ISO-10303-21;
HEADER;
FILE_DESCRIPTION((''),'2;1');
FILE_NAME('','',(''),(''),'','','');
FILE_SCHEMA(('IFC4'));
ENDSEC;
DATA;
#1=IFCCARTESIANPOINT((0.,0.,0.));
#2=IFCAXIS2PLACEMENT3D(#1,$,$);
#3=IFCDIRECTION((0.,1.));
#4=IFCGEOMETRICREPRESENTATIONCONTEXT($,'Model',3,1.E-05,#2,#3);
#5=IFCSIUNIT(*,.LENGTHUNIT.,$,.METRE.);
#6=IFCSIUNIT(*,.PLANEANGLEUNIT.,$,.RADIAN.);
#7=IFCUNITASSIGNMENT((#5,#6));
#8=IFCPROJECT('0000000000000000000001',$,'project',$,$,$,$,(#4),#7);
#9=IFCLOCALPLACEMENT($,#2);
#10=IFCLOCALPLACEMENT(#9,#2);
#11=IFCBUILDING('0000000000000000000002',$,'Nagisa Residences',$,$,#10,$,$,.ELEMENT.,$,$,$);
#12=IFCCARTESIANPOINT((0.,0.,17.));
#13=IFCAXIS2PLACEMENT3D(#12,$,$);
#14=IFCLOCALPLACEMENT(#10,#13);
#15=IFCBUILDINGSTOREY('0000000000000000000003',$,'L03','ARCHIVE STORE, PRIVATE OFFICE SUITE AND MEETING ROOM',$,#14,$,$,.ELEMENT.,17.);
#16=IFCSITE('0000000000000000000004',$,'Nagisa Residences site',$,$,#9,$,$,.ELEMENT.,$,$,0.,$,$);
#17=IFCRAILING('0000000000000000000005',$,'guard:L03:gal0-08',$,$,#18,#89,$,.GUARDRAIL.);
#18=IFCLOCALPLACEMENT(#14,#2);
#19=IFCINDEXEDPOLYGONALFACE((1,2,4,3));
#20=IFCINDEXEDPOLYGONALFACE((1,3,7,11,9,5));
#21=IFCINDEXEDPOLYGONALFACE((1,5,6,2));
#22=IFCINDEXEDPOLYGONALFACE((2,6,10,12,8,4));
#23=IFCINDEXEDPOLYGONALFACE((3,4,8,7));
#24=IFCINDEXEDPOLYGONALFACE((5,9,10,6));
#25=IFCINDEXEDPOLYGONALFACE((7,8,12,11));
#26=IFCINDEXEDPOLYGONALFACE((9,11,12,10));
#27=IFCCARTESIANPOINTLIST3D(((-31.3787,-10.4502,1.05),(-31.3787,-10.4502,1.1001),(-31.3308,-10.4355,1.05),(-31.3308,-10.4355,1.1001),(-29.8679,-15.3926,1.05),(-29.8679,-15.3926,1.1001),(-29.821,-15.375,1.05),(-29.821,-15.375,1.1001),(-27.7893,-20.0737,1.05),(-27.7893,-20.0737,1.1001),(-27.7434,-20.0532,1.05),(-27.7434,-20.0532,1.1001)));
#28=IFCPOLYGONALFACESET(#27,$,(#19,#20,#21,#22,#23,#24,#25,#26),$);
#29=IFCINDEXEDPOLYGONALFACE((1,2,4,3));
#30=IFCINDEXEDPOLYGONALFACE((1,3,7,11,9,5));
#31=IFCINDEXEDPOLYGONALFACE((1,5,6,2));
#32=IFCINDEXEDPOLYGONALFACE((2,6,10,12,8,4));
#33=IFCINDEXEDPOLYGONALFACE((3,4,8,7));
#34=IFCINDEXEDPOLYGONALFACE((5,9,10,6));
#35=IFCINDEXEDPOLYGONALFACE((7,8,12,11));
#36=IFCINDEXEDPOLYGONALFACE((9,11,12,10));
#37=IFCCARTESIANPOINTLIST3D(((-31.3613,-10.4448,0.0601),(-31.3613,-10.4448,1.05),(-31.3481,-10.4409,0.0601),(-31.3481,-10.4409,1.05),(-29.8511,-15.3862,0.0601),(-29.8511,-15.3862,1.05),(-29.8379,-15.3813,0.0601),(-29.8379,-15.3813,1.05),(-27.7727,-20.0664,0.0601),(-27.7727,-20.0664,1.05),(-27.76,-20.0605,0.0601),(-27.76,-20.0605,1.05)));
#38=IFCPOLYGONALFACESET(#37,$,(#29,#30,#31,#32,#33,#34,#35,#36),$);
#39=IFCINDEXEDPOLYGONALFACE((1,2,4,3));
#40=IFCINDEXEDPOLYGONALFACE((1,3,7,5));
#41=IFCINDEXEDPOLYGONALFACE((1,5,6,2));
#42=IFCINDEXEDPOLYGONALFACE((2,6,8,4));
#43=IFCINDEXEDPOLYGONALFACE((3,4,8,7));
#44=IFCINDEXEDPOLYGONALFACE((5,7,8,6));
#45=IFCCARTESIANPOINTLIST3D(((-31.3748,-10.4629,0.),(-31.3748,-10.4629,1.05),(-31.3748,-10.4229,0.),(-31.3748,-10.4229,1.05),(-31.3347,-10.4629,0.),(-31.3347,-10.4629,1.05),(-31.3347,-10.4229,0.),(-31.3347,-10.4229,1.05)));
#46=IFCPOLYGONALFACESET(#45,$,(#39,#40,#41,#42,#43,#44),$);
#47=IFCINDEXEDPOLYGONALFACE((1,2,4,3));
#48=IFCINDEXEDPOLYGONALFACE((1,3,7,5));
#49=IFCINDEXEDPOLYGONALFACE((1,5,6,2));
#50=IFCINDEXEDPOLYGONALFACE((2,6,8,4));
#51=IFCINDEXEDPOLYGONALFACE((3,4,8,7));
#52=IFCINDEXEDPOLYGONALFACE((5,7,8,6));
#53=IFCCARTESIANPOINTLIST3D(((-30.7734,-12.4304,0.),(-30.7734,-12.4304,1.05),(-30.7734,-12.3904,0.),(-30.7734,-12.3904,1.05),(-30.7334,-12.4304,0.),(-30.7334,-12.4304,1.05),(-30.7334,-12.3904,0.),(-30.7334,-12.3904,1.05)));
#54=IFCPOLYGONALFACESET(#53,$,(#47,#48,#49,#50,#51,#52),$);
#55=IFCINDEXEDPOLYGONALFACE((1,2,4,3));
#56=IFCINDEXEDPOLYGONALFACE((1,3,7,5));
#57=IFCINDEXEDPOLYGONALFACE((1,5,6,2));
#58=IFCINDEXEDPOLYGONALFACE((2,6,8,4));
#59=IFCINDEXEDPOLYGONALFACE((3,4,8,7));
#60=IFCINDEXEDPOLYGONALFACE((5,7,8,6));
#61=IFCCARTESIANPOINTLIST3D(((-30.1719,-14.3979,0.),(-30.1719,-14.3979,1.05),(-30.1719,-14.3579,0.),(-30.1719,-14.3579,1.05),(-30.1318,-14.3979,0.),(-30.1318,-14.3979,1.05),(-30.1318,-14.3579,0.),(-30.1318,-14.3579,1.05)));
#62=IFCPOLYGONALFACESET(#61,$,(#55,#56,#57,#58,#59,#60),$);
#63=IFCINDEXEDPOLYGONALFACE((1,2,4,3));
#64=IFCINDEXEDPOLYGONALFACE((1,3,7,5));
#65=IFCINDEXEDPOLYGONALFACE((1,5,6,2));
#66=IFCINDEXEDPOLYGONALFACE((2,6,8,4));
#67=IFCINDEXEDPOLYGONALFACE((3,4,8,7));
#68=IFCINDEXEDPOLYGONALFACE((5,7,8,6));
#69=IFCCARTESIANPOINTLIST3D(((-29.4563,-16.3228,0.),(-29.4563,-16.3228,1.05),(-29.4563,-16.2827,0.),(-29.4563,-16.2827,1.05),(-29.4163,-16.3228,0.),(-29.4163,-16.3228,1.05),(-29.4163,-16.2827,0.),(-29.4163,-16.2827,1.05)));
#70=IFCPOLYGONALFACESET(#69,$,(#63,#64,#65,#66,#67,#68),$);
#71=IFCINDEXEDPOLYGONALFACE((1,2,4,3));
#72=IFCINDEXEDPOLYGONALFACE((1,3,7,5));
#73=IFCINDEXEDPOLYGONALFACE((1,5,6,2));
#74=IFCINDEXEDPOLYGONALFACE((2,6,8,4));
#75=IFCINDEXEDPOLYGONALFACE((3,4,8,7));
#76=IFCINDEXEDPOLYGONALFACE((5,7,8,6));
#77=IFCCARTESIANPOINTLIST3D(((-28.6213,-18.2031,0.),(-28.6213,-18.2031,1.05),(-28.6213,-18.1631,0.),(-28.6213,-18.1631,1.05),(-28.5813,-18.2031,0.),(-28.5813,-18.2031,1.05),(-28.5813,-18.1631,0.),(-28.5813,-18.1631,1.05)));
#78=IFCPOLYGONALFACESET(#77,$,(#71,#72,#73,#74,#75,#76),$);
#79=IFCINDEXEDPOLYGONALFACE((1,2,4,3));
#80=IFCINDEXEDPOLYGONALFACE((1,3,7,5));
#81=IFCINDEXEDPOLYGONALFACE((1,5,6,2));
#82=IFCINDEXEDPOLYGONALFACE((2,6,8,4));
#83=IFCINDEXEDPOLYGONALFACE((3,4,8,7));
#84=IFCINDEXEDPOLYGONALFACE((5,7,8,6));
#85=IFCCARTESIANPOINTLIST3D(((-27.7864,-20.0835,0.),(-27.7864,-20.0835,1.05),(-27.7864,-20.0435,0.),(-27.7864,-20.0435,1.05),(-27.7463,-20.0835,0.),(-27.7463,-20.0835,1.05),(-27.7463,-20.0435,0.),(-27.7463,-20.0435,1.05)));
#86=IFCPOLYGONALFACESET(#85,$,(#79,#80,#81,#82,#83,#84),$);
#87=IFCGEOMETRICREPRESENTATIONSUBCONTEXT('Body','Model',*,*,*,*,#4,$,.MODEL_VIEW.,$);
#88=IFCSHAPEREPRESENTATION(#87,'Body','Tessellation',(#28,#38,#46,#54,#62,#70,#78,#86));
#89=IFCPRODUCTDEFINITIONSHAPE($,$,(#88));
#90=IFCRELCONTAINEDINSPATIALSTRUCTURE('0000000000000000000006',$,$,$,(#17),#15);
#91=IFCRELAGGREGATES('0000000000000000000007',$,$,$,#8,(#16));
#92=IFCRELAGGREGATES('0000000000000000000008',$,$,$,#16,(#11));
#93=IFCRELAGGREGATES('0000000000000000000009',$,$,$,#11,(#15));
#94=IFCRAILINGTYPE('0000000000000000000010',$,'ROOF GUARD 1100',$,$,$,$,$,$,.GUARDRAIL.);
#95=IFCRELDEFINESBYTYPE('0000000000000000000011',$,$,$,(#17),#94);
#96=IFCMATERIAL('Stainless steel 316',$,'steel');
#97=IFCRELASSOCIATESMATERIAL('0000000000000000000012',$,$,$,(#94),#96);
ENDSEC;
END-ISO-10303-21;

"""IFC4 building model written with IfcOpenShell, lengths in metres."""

from ifc_helpers import new_model, si_unit, direction, frame, origin, origin_2d, place, context, subcontext, project, spatial, polyline, rectangle, outline, extrude, material, type_object, element, save


model = new_model("IFC4")

# Units and contexts
model_context = context("Model", 3, precision=1e-05, world=origin(), true_north=direction((0.0, 1.0)))
body_context = subcontext(model_context, "Body", "Model", "MODEL_VIEW")
ifc_project = project(units=[si_unit("LENGTHUNIT", "METRE"), si_unit("PLANEANGLEUNIT", "RADIAN")], contexts=[model_context])

# Site, building, storey
site_placement = place(None, origin())
site = spatial("IfcSite", under=ifc_project, at=site_placement, Name="Nagisa Residences site", CompositionType="ELEMENT", RefElevation=0.0)
building_placement = place(site_placement, origin())
building = spatial("IfcBuilding", under=site, at=building_placement, Name="Nagisa Residences", CompositionType="ELEMENT")
storey_placement = place(building_placement, frame((0.0, 0.0, 17.0)))
storey = spatial("IfcBuildingStorey", under=building, at=storey_placement, Name="L03", Description="ARCHIVE STORE, PRIVATE OFFICE SUITE AND MEETING ROOM", CompositionType="ELEMENT", Elevation=17.0)

# Railing
ifc_material_1 = material(Name="Stainless steel 316", Category="steel")
railing_type = type_object("IfcRailingType", Name="ROOF GUARD 1100", PredefinedType="GUARDRAIL", material=ifc_material_1)
railing_1_placement = place(storey_placement, frame((-31.3547, -10.4429, 0.0)))
element("IfcRailing", 1, at=railing_1_placement, inside=storey, type_object=railing_type, Name="guard:L03:gal0-08", PredefinedType="GUARDRAIL", context=body_context, shape_type="SweptSolid", body=[
    extrude(outline(polyline([(1.5337, -4.9321), (0.0239, 0.0073), (-0.0239, -0.0073), (1.4868, -4.9497), (3.5654, -9.6309), (3.6113, -9.6104), (1.5337, -4.9321)])), frame((0.0, 0.0, 1.05)), (0.0, 0.0, 1.0), 0.05),
    extrude(outline(polyline([(1.5168, -4.9385), (0.0066, 0.002), (-0.0066, -0.002), (1.5037, -4.9434), (3.582, -9.6235), (3.5947, -9.6177), (1.5168, -4.9385)])), frame((0.0, 0.0, 0.0601)), (0.0, 0.0, 1.0), 0.99),
    extrude(rectangle(XDim=0.04, YDim=0.04, at=origin_2d()), origin(), (0.0, 0.0, 1.0), 1.05),
    extrude(rectangle(XDim=0.04, YDim=0.04, at=origin_2d()), frame((0.6013, -1.9675, 0.0)), (0.0, 0.0, 1.0), 1.05),
    extrude(rectangle(XDim=0.04, YDim=0.04, at=origin_2d()), frame((1.2029, -3.9351, 0.0)), (0.0, 0.0, 1.0), 1.05),
    extrude(rectangle(XDim=0.04, YDim=0.04, at=origin_2d()), frame((1.9185, -5.8599, 0.0)), (0.0, 0.0, 1.0), 1.05),
    extrude(rectangle(XDim=0.04, YDim=0.04, at=origin_2d()), frame((2.7534, -7.7402, 0.0)), (0.0, 0.0, 1.0), 1.05),
    extrude(rectangle(XDim=0.04, YDim=0.04, at=origin_2d()), frame((3.5884, -9.6206, 0.0)), (0.0, 0.0, 1.0), 1.05),
])

save(model, "model.ifc")
